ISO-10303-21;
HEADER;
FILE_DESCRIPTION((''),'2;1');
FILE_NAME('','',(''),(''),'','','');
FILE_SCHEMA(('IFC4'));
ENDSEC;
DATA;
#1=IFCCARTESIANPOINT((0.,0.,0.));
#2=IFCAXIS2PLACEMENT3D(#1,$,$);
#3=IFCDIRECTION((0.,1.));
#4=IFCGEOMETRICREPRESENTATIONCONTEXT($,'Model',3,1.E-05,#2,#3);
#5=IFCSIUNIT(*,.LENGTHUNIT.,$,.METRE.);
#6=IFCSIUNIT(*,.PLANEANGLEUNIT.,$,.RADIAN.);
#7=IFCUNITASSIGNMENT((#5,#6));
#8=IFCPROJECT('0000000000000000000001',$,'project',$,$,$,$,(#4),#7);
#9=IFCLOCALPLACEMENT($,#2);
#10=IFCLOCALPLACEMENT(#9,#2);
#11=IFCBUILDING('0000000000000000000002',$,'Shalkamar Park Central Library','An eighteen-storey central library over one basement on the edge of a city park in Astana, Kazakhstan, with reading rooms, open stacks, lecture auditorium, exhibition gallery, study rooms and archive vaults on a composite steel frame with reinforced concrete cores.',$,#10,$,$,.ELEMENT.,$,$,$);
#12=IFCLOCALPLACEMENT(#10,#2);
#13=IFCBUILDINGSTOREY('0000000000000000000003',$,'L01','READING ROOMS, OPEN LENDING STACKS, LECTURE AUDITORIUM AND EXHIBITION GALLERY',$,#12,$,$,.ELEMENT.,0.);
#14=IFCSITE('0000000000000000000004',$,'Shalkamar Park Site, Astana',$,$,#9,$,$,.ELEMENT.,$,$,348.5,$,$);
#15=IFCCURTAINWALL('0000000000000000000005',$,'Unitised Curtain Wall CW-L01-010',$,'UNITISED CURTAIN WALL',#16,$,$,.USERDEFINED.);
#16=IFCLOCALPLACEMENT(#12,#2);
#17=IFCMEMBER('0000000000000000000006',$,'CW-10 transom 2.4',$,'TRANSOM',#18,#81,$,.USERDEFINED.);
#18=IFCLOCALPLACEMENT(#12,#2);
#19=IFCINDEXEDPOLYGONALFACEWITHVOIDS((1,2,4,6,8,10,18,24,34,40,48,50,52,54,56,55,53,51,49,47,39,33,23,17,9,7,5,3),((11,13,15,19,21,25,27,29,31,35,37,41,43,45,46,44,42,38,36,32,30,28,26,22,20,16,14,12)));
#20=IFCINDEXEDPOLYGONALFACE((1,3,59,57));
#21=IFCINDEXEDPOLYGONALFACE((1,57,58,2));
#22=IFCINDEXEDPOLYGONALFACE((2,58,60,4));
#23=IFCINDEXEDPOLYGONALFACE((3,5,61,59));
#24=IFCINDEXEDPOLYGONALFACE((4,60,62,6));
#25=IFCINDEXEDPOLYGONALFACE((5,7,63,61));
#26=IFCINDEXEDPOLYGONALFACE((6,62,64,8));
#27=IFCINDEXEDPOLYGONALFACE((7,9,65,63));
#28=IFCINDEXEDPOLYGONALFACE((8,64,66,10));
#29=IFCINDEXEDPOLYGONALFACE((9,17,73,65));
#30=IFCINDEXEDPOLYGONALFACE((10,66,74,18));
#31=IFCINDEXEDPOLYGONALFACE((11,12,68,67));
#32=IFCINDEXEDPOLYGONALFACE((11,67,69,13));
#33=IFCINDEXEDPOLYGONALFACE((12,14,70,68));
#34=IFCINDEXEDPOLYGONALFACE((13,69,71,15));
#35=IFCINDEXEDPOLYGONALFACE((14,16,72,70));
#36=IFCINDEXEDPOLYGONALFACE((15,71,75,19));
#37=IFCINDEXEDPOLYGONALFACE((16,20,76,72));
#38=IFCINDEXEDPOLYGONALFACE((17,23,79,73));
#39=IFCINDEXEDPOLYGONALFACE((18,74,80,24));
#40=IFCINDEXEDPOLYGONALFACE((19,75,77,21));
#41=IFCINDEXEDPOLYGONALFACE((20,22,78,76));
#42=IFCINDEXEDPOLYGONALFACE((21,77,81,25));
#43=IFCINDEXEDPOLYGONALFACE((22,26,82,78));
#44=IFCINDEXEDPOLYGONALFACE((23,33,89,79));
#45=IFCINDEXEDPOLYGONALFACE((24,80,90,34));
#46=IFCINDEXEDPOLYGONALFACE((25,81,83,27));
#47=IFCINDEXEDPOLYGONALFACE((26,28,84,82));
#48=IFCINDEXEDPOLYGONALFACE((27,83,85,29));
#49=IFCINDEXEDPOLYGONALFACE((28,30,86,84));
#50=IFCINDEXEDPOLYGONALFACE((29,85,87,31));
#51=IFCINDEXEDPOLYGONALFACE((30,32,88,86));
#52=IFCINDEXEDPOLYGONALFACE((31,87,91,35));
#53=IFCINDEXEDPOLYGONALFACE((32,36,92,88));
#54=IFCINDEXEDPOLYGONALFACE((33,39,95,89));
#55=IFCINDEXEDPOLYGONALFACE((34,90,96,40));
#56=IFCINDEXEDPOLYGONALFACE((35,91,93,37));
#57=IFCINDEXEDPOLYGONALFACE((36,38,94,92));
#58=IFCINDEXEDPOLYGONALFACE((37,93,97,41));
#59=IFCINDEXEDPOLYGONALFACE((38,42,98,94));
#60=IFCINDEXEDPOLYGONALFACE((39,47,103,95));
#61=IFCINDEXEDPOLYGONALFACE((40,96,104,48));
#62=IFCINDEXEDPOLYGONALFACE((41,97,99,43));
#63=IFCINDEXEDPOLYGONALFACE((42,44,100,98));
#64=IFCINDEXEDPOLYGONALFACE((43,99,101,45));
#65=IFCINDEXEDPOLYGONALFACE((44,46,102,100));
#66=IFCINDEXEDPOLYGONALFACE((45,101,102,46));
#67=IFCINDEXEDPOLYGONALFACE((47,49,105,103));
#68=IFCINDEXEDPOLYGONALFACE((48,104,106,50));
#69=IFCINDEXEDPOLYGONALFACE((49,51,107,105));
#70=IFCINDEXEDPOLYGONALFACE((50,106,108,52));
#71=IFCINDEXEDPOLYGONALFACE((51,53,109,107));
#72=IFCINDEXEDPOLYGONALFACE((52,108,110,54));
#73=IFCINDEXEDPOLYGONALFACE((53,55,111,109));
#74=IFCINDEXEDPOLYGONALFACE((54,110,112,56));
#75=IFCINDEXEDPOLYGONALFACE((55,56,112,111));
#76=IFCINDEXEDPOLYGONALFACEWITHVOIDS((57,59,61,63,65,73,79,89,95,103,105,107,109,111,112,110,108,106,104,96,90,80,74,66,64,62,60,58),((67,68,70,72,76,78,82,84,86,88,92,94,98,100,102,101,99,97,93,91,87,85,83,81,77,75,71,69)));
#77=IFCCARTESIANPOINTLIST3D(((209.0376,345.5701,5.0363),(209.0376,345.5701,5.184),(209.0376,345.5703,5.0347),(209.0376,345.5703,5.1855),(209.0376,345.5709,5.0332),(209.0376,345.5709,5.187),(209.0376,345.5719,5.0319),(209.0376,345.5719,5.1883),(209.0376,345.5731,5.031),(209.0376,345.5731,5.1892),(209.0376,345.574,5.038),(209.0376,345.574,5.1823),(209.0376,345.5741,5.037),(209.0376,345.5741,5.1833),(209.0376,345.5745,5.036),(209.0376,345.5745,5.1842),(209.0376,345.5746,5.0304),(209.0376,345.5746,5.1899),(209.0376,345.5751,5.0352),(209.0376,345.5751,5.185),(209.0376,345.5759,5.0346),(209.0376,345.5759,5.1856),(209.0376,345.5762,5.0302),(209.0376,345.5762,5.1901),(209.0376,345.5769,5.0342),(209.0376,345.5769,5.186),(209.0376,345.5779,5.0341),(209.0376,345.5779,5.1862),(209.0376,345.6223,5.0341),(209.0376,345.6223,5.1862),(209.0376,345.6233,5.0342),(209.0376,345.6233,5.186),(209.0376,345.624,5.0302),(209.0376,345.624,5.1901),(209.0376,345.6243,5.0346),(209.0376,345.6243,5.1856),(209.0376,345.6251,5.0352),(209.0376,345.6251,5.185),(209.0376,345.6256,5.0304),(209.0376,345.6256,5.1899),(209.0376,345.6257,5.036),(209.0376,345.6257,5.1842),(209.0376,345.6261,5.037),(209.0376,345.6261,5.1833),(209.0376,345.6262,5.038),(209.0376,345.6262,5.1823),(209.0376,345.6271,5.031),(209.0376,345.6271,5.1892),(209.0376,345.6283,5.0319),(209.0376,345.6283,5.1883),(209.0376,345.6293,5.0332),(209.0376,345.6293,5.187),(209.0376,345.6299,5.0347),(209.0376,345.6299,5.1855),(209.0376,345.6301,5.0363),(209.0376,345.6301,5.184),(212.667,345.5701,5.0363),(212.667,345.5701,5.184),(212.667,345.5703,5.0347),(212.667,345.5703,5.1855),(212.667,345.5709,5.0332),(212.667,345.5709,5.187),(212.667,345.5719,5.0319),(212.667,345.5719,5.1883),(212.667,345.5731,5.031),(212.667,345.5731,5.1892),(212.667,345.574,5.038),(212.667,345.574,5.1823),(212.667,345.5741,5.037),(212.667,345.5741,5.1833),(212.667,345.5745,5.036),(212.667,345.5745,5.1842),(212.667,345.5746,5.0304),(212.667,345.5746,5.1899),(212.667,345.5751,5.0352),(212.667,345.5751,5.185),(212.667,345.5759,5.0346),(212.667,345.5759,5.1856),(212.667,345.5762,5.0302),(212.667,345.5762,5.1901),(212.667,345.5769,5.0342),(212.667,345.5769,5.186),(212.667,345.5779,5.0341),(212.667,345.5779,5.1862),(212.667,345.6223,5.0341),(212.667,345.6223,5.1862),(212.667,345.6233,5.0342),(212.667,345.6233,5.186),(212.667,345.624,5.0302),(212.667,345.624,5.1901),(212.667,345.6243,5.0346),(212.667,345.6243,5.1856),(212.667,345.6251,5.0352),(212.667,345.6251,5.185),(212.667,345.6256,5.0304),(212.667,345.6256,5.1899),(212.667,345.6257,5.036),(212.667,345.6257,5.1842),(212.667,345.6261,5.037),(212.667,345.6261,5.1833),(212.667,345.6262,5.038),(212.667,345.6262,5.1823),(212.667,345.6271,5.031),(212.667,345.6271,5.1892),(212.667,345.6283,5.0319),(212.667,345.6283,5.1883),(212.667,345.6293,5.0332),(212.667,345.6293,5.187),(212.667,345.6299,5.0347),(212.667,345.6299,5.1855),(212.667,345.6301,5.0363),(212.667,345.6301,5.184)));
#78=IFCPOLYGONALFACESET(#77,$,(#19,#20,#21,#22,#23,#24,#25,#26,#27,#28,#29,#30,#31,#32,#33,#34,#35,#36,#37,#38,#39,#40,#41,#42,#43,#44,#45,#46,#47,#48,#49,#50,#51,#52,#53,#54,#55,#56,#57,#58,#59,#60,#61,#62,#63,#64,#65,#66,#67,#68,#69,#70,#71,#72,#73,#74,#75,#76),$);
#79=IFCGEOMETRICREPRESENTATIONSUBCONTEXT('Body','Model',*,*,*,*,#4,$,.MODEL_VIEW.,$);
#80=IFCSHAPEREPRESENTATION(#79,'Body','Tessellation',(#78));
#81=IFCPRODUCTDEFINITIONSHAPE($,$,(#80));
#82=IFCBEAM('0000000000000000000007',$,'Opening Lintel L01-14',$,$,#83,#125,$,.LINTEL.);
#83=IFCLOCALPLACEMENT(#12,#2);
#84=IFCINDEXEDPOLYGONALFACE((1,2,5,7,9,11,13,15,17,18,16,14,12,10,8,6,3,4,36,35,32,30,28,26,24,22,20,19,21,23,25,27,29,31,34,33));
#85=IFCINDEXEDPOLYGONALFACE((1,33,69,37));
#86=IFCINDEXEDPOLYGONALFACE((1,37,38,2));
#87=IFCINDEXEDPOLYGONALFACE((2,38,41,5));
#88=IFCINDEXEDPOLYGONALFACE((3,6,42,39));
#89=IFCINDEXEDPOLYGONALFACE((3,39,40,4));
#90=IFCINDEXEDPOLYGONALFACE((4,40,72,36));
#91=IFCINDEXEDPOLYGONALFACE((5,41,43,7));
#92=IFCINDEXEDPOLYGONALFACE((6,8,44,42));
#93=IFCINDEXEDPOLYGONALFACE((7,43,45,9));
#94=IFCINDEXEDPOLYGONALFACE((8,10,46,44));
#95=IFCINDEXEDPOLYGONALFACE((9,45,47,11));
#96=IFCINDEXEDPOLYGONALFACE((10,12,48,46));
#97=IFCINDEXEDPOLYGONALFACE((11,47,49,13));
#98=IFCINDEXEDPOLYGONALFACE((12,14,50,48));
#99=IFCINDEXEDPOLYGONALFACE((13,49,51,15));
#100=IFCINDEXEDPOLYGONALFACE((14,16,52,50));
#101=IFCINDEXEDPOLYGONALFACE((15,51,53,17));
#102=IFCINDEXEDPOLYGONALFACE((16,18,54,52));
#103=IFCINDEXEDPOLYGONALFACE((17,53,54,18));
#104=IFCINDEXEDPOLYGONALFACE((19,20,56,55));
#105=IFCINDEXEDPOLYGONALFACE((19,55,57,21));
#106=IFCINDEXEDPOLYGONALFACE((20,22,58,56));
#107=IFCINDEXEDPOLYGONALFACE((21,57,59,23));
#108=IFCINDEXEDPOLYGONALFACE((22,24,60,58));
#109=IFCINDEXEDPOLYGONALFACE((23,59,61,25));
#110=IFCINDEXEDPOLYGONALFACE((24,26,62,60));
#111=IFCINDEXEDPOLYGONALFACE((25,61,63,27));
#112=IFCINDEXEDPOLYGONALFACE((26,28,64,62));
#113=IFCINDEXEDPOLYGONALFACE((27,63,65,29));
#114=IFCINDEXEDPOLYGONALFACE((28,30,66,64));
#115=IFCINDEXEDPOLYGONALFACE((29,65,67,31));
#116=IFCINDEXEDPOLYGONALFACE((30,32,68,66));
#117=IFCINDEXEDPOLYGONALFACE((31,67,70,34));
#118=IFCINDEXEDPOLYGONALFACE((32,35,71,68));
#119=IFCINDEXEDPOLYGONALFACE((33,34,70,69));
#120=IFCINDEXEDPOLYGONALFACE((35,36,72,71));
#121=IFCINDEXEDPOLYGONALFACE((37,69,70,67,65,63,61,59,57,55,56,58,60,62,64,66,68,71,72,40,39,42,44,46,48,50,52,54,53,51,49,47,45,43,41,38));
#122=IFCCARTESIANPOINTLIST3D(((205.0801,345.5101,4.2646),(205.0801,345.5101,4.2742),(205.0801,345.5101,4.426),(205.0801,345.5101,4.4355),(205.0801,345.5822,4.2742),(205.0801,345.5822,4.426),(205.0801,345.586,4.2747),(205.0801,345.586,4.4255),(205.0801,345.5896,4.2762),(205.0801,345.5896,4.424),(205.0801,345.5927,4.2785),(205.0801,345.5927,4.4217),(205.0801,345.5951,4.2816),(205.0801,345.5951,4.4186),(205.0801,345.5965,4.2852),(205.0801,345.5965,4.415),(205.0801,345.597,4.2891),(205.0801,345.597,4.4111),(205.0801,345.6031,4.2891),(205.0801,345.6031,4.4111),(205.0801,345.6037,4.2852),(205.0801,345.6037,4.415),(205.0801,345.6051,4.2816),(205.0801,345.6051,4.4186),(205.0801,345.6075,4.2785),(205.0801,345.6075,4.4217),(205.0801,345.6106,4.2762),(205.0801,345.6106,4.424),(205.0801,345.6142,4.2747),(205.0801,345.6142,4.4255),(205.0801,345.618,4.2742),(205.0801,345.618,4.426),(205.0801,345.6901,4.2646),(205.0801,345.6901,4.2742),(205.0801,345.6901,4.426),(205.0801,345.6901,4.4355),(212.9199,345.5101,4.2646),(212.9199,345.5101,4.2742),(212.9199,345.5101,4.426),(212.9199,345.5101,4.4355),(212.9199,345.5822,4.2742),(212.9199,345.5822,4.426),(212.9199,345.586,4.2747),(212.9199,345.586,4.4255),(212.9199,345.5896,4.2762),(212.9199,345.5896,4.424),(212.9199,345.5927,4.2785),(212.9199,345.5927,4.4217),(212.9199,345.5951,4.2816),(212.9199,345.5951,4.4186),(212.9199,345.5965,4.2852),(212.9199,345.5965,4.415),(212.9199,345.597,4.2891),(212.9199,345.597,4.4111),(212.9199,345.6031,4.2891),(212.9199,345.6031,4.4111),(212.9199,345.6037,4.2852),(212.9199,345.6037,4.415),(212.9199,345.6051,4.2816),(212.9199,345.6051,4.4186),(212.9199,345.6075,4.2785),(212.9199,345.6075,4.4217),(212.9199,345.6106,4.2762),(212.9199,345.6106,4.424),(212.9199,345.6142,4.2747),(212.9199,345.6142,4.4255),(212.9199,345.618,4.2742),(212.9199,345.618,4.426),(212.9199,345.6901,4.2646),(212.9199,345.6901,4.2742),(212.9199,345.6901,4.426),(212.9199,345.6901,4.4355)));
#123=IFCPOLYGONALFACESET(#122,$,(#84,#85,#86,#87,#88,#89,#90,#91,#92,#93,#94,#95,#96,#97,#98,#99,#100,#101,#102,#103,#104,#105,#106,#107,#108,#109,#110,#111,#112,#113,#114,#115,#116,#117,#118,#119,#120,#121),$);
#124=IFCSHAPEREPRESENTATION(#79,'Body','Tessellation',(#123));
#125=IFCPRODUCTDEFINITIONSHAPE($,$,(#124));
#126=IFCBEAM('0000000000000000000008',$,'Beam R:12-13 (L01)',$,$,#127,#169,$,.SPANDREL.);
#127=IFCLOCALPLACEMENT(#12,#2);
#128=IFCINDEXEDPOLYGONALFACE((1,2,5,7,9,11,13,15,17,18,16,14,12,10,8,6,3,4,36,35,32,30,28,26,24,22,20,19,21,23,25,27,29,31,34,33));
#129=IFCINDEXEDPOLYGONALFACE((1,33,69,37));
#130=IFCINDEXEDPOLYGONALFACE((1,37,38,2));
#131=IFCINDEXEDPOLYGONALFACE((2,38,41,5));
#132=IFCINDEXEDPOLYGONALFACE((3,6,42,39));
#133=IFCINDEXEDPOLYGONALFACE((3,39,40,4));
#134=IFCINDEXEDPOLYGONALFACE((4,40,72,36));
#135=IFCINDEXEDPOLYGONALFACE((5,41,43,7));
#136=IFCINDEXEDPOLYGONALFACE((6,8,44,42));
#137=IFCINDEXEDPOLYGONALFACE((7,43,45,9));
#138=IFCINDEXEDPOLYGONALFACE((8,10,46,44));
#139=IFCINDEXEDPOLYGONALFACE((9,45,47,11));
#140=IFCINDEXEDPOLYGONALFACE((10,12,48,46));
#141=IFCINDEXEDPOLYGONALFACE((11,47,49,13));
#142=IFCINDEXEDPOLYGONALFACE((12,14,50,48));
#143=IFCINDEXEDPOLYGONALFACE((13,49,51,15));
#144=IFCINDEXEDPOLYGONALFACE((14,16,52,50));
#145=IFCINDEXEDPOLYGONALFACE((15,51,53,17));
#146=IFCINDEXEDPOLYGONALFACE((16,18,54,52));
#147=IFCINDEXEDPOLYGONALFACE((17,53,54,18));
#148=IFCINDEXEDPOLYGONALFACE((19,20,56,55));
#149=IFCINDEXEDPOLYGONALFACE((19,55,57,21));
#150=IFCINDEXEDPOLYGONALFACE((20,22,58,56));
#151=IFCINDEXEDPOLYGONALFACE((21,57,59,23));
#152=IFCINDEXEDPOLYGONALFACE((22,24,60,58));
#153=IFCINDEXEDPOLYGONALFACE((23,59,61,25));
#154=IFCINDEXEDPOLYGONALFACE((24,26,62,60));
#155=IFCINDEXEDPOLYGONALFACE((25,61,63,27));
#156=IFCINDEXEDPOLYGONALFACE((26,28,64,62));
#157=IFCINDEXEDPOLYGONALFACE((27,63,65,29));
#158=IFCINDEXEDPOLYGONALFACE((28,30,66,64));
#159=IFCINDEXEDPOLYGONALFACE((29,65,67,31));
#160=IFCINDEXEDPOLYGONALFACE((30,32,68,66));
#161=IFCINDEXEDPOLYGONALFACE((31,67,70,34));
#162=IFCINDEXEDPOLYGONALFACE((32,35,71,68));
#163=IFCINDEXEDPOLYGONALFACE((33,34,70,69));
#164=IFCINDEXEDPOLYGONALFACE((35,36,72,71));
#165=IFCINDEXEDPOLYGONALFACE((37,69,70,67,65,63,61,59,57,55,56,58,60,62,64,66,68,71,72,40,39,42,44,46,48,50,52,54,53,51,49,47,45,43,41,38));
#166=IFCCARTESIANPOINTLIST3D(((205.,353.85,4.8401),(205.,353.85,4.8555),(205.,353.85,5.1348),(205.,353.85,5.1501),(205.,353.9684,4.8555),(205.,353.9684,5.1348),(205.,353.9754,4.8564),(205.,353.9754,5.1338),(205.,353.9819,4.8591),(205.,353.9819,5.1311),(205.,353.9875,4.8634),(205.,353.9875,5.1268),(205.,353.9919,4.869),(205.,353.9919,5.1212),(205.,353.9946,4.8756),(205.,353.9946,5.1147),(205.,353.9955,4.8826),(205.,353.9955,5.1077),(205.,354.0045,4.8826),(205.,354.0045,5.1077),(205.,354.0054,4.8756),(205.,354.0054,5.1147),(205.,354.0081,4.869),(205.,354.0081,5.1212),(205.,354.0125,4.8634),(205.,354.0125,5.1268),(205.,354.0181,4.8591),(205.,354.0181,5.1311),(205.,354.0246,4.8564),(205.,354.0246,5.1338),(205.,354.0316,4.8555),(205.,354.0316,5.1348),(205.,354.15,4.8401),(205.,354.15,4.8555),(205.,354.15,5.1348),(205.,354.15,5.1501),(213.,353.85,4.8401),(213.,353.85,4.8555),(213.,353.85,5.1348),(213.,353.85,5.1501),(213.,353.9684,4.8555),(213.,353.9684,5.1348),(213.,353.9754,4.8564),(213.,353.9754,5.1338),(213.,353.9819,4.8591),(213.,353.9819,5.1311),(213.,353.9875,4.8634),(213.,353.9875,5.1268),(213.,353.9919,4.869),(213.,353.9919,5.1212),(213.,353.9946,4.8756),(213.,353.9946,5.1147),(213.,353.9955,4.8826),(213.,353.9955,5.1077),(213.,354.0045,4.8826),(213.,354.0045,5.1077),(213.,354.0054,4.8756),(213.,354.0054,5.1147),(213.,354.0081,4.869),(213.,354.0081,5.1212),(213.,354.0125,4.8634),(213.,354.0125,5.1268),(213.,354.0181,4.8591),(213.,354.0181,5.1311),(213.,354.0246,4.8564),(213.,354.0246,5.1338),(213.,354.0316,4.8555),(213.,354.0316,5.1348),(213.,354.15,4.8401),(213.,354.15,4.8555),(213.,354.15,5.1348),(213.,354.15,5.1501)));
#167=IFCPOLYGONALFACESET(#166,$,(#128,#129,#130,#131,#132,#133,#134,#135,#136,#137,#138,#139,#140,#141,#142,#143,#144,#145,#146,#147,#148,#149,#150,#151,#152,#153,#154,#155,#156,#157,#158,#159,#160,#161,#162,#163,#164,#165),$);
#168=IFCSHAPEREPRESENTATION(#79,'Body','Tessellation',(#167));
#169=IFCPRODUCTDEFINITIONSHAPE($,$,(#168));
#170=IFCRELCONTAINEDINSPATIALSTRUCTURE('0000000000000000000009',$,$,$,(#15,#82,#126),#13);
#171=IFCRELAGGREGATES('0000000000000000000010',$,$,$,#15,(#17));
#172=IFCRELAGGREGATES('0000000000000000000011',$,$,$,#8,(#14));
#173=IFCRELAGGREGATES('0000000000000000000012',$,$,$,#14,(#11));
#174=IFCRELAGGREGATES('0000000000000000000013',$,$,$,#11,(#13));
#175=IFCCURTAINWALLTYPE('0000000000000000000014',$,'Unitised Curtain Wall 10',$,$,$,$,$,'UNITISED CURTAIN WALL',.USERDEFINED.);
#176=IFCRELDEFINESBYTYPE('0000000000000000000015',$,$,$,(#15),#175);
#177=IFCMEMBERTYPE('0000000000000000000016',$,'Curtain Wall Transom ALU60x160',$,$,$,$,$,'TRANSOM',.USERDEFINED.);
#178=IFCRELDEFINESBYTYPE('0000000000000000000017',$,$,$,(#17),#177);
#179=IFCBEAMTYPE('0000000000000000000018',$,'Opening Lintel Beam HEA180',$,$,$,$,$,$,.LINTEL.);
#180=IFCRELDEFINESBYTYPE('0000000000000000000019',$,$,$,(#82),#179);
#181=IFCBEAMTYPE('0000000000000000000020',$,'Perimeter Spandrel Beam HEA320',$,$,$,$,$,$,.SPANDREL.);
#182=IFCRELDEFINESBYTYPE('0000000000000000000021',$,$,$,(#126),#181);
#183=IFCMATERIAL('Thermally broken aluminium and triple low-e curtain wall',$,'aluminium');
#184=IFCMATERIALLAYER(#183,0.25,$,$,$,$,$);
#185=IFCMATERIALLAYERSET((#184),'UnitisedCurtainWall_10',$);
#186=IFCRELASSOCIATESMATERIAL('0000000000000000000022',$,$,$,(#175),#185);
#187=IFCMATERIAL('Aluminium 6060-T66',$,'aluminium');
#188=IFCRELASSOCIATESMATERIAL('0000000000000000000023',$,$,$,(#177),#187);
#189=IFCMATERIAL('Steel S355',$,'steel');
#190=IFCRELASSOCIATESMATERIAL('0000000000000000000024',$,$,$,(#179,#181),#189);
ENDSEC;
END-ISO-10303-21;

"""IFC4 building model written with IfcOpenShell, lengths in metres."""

from ifc_helpers import new_model, si_unit, direction, frame, origin, origin_2d, place, context, subcontext, project, spatial, hollow_rectangle, i_section, extrude, material, layer, layer_set, material_profile, profile_set, type_object, element, aggregate, save


model = new_model("IFC4")

# Units and contexts
model_context = context("Model", 3, precision=1e-05, world=origin(), true_north=direction((0.0, 1.0)))
body_context = subcontext(model_context, "Body", "Model", "MODEL_VIEW")
ifc_project = project(units=[si_unit("LENGTHUNIT", "METRE"), si_unit("PLANEANGLEUNIT", "RADIAN")], contexts=[model_context])

# Site, building, storey
site_placement = place(None, origin())
site = spatial("IfcSite", under=ifc_project, at=site_placement, Name="Shalkamar Park Site, Astana", CompositionType="ELEMENT", RefElevation=348.5)
building_placement = place(site_placement, origin())
building = spatial("IfcBuilding", under=site, at=building_placement, Name="Shalkamar Park Central Library", Description="An eighteen-storey central library over one basement on the edge of a city park in Astana, Kazakhstan, with reading rooms, open stacks, lecture auditorium, exhibition gallery, study rooms and archive vaults on a composite steel frame with reinforced concrete cores.", CompositionType="ELEMENT")
storey_placement = place(building_placement, origin())
storey = spatial("IfcBuildingStorey", under=building, at=storey_placement, Name="L01", Description="READING ROOMS, OPEN LENDING STACKS, LECTURE AUDITORIUM AND EXHIBITION GALLERY", CompositionType="ELEMENT", Elevation=0.0)

# Shared definitions
ifc_material_1 = material(Name="Steel S355", Category="steel")

# Curtain wall, member
ifc_material_2 = material(Name="Thermally broken aluminium and triple low-e curtain wall", Category="aluminium")
ifc_layer_1 = layer(ifc_material_2, 0.25)
ifc_layer_set_1 = layer_set([ifc_layer_1], Name="UnitisedCurtainWall_10")
curtain_wall_type = type_object("IfcCurtainWallType", Name="Unitised Curtain Wall 10", ElementType="UNITISED CURTAIN WALL", PredefinedType="USERDEFINED", material=ifc_layer_set_1)
curtain_wall_placement = place(storey_placement, origin())
curtain_wall = element("IfcCurtainWall", 1, at=curtain_wall_placement, inside=storey, type_object=curtain_wall_type, Name="Unitised Curtain Wall CW-L01-010", ObjectType="UNITISED CURTAIN WALL", PredefinedType="USERDEFINED")
ifc_material_3 = material(Name="Aluminium 6060-T66", Category="aluminium")
ifc_material_profile_1 = material_profile(ifc_material_3, hollow_rectangle(XDim=0.0601, YDim=0.1599, WallThickness=0.0039, InnerFilletRadius=0.0039, OuterFilletRadius=0.0061, at=origin_2d()), Name="ALU 60x160x4")
ifc_profile_set_1 = profile_set([ifc_material_profile_1], Name="Aluminium 6060-T66")
member_type_1 = type_object("IfcMemberType", Name="Curtain Wall Transom ALU60x160", ElementType="TRANSOM", PredefinedType="USERDEFINED", material=ifc_profile_set_1)
member_1_placement = place(storey_placement, frame((209.0376, 345.6001, 5.1101), z_axis=(1.0, 0.0, 0.0), x_axis=(0.0, 1.0, 0.0)))
member_1 = element("IfcMember", 2, at=member_1_placement, type_object=member_type_1, Name="CW-10 transom 2.4", ObjectType="TRANSOM", PredefinedType="USERDEFINED", context=body_context, shape_type="SweptSolid", body=[
    extrude(hollow_rectangle(XDim=0.0601, YDim=0.1599, WallThickness=0.0039, InnerFilletRadius=0.0039, OuterFilletRadius=0.0061, at=origin_2d()), origin(), (0.0, 0.0, 1.0), 3.6294),
])

# Beams
ifc_material_profile_2 = material_profile(ifc_material_1, i_section(OverallWidth=0.1799, OverallDepth=0.1709, WebThickness=0.0061, FlangeThickness=0.0095, FilletRadius=0.0149, at=origin_2d()), Name="HEA 180")
ifc_profile_set_2 = profile_set([ifc_material_profile_2], Name="Steel S355")
beam_type_1 = type_object("IfcBeamType", Name="Opening Lintel Beam HEA180", PredefinedType="LINTEL", material=ifc_profile_set_2)
beam_1_placement = place(storey_placement, frame((205.0801, 345.6001, 4.3501), z_axis=(1.0, 0.0, 0.0), x_axis=(0.0, 1.0, 0.0)))
element("IfcBeam", 3, at=beam_1_placement, inside=storey, type_object=beam_type_1, Name="Opening Lintel L01-14", PredefinedType="LINTEL", context=body_context, shape_type="SweptSolid", body=[
    extrude(i_section(OverallWidth=0.1799, OverallDepth=0.1709, WebThickness=0.0061, FlangeThickness=0.0095, FilletRadius=0.0149, at=origin_2d()), origin(), (0.0, 0.0, 1.0), 7.8398),
])
ifc_material_profile_3 = material_profile(ifc_material_1, i_section(OverallWidth=0.3, OverallDepth=0.3101, WebThickness=0.009, FlangeThickness=0.0154, FilletRadius=0.0271, at=origin_2d()), Name="HEA 320")
ifc_profile_set_3 = profile_set([ifc_material_profile_3], Name="Steel S355")
beam_type_2 = type_object("IfcBeamType", Name="Perimeter Spandrel Beam HEA320", PredefinedType="SPANDREL", material=ifc_profile_set_3)
beam_2_placement = place(storey_placement, frame((205.0, 354.0, 4.9951), z_axis=(1.0, 0.0, 0.0), x_axis=(0.0, 1.0, 0.0)))
element("IfcBeam", 4, at=beam_2_placement, inside=storey, type_object=beam_type_2, Name="Beam R:12-13 (L01)", PredefinedType="SPANDREL", context=body_context, shape_type="SweptSolid", body=[
    extrude(i_section(OverallWidth=0.3, OverallDepth=0.3101, WebThickness=0.009, FlangeThickness=0.0154, FilletRadius=0.0271, at=origin_2d()), origin(), (0.0, 0.0, 1.0), 8.0),
])

aggregate(curtain_wall, [member_1])

save(model, "model.ifc")
